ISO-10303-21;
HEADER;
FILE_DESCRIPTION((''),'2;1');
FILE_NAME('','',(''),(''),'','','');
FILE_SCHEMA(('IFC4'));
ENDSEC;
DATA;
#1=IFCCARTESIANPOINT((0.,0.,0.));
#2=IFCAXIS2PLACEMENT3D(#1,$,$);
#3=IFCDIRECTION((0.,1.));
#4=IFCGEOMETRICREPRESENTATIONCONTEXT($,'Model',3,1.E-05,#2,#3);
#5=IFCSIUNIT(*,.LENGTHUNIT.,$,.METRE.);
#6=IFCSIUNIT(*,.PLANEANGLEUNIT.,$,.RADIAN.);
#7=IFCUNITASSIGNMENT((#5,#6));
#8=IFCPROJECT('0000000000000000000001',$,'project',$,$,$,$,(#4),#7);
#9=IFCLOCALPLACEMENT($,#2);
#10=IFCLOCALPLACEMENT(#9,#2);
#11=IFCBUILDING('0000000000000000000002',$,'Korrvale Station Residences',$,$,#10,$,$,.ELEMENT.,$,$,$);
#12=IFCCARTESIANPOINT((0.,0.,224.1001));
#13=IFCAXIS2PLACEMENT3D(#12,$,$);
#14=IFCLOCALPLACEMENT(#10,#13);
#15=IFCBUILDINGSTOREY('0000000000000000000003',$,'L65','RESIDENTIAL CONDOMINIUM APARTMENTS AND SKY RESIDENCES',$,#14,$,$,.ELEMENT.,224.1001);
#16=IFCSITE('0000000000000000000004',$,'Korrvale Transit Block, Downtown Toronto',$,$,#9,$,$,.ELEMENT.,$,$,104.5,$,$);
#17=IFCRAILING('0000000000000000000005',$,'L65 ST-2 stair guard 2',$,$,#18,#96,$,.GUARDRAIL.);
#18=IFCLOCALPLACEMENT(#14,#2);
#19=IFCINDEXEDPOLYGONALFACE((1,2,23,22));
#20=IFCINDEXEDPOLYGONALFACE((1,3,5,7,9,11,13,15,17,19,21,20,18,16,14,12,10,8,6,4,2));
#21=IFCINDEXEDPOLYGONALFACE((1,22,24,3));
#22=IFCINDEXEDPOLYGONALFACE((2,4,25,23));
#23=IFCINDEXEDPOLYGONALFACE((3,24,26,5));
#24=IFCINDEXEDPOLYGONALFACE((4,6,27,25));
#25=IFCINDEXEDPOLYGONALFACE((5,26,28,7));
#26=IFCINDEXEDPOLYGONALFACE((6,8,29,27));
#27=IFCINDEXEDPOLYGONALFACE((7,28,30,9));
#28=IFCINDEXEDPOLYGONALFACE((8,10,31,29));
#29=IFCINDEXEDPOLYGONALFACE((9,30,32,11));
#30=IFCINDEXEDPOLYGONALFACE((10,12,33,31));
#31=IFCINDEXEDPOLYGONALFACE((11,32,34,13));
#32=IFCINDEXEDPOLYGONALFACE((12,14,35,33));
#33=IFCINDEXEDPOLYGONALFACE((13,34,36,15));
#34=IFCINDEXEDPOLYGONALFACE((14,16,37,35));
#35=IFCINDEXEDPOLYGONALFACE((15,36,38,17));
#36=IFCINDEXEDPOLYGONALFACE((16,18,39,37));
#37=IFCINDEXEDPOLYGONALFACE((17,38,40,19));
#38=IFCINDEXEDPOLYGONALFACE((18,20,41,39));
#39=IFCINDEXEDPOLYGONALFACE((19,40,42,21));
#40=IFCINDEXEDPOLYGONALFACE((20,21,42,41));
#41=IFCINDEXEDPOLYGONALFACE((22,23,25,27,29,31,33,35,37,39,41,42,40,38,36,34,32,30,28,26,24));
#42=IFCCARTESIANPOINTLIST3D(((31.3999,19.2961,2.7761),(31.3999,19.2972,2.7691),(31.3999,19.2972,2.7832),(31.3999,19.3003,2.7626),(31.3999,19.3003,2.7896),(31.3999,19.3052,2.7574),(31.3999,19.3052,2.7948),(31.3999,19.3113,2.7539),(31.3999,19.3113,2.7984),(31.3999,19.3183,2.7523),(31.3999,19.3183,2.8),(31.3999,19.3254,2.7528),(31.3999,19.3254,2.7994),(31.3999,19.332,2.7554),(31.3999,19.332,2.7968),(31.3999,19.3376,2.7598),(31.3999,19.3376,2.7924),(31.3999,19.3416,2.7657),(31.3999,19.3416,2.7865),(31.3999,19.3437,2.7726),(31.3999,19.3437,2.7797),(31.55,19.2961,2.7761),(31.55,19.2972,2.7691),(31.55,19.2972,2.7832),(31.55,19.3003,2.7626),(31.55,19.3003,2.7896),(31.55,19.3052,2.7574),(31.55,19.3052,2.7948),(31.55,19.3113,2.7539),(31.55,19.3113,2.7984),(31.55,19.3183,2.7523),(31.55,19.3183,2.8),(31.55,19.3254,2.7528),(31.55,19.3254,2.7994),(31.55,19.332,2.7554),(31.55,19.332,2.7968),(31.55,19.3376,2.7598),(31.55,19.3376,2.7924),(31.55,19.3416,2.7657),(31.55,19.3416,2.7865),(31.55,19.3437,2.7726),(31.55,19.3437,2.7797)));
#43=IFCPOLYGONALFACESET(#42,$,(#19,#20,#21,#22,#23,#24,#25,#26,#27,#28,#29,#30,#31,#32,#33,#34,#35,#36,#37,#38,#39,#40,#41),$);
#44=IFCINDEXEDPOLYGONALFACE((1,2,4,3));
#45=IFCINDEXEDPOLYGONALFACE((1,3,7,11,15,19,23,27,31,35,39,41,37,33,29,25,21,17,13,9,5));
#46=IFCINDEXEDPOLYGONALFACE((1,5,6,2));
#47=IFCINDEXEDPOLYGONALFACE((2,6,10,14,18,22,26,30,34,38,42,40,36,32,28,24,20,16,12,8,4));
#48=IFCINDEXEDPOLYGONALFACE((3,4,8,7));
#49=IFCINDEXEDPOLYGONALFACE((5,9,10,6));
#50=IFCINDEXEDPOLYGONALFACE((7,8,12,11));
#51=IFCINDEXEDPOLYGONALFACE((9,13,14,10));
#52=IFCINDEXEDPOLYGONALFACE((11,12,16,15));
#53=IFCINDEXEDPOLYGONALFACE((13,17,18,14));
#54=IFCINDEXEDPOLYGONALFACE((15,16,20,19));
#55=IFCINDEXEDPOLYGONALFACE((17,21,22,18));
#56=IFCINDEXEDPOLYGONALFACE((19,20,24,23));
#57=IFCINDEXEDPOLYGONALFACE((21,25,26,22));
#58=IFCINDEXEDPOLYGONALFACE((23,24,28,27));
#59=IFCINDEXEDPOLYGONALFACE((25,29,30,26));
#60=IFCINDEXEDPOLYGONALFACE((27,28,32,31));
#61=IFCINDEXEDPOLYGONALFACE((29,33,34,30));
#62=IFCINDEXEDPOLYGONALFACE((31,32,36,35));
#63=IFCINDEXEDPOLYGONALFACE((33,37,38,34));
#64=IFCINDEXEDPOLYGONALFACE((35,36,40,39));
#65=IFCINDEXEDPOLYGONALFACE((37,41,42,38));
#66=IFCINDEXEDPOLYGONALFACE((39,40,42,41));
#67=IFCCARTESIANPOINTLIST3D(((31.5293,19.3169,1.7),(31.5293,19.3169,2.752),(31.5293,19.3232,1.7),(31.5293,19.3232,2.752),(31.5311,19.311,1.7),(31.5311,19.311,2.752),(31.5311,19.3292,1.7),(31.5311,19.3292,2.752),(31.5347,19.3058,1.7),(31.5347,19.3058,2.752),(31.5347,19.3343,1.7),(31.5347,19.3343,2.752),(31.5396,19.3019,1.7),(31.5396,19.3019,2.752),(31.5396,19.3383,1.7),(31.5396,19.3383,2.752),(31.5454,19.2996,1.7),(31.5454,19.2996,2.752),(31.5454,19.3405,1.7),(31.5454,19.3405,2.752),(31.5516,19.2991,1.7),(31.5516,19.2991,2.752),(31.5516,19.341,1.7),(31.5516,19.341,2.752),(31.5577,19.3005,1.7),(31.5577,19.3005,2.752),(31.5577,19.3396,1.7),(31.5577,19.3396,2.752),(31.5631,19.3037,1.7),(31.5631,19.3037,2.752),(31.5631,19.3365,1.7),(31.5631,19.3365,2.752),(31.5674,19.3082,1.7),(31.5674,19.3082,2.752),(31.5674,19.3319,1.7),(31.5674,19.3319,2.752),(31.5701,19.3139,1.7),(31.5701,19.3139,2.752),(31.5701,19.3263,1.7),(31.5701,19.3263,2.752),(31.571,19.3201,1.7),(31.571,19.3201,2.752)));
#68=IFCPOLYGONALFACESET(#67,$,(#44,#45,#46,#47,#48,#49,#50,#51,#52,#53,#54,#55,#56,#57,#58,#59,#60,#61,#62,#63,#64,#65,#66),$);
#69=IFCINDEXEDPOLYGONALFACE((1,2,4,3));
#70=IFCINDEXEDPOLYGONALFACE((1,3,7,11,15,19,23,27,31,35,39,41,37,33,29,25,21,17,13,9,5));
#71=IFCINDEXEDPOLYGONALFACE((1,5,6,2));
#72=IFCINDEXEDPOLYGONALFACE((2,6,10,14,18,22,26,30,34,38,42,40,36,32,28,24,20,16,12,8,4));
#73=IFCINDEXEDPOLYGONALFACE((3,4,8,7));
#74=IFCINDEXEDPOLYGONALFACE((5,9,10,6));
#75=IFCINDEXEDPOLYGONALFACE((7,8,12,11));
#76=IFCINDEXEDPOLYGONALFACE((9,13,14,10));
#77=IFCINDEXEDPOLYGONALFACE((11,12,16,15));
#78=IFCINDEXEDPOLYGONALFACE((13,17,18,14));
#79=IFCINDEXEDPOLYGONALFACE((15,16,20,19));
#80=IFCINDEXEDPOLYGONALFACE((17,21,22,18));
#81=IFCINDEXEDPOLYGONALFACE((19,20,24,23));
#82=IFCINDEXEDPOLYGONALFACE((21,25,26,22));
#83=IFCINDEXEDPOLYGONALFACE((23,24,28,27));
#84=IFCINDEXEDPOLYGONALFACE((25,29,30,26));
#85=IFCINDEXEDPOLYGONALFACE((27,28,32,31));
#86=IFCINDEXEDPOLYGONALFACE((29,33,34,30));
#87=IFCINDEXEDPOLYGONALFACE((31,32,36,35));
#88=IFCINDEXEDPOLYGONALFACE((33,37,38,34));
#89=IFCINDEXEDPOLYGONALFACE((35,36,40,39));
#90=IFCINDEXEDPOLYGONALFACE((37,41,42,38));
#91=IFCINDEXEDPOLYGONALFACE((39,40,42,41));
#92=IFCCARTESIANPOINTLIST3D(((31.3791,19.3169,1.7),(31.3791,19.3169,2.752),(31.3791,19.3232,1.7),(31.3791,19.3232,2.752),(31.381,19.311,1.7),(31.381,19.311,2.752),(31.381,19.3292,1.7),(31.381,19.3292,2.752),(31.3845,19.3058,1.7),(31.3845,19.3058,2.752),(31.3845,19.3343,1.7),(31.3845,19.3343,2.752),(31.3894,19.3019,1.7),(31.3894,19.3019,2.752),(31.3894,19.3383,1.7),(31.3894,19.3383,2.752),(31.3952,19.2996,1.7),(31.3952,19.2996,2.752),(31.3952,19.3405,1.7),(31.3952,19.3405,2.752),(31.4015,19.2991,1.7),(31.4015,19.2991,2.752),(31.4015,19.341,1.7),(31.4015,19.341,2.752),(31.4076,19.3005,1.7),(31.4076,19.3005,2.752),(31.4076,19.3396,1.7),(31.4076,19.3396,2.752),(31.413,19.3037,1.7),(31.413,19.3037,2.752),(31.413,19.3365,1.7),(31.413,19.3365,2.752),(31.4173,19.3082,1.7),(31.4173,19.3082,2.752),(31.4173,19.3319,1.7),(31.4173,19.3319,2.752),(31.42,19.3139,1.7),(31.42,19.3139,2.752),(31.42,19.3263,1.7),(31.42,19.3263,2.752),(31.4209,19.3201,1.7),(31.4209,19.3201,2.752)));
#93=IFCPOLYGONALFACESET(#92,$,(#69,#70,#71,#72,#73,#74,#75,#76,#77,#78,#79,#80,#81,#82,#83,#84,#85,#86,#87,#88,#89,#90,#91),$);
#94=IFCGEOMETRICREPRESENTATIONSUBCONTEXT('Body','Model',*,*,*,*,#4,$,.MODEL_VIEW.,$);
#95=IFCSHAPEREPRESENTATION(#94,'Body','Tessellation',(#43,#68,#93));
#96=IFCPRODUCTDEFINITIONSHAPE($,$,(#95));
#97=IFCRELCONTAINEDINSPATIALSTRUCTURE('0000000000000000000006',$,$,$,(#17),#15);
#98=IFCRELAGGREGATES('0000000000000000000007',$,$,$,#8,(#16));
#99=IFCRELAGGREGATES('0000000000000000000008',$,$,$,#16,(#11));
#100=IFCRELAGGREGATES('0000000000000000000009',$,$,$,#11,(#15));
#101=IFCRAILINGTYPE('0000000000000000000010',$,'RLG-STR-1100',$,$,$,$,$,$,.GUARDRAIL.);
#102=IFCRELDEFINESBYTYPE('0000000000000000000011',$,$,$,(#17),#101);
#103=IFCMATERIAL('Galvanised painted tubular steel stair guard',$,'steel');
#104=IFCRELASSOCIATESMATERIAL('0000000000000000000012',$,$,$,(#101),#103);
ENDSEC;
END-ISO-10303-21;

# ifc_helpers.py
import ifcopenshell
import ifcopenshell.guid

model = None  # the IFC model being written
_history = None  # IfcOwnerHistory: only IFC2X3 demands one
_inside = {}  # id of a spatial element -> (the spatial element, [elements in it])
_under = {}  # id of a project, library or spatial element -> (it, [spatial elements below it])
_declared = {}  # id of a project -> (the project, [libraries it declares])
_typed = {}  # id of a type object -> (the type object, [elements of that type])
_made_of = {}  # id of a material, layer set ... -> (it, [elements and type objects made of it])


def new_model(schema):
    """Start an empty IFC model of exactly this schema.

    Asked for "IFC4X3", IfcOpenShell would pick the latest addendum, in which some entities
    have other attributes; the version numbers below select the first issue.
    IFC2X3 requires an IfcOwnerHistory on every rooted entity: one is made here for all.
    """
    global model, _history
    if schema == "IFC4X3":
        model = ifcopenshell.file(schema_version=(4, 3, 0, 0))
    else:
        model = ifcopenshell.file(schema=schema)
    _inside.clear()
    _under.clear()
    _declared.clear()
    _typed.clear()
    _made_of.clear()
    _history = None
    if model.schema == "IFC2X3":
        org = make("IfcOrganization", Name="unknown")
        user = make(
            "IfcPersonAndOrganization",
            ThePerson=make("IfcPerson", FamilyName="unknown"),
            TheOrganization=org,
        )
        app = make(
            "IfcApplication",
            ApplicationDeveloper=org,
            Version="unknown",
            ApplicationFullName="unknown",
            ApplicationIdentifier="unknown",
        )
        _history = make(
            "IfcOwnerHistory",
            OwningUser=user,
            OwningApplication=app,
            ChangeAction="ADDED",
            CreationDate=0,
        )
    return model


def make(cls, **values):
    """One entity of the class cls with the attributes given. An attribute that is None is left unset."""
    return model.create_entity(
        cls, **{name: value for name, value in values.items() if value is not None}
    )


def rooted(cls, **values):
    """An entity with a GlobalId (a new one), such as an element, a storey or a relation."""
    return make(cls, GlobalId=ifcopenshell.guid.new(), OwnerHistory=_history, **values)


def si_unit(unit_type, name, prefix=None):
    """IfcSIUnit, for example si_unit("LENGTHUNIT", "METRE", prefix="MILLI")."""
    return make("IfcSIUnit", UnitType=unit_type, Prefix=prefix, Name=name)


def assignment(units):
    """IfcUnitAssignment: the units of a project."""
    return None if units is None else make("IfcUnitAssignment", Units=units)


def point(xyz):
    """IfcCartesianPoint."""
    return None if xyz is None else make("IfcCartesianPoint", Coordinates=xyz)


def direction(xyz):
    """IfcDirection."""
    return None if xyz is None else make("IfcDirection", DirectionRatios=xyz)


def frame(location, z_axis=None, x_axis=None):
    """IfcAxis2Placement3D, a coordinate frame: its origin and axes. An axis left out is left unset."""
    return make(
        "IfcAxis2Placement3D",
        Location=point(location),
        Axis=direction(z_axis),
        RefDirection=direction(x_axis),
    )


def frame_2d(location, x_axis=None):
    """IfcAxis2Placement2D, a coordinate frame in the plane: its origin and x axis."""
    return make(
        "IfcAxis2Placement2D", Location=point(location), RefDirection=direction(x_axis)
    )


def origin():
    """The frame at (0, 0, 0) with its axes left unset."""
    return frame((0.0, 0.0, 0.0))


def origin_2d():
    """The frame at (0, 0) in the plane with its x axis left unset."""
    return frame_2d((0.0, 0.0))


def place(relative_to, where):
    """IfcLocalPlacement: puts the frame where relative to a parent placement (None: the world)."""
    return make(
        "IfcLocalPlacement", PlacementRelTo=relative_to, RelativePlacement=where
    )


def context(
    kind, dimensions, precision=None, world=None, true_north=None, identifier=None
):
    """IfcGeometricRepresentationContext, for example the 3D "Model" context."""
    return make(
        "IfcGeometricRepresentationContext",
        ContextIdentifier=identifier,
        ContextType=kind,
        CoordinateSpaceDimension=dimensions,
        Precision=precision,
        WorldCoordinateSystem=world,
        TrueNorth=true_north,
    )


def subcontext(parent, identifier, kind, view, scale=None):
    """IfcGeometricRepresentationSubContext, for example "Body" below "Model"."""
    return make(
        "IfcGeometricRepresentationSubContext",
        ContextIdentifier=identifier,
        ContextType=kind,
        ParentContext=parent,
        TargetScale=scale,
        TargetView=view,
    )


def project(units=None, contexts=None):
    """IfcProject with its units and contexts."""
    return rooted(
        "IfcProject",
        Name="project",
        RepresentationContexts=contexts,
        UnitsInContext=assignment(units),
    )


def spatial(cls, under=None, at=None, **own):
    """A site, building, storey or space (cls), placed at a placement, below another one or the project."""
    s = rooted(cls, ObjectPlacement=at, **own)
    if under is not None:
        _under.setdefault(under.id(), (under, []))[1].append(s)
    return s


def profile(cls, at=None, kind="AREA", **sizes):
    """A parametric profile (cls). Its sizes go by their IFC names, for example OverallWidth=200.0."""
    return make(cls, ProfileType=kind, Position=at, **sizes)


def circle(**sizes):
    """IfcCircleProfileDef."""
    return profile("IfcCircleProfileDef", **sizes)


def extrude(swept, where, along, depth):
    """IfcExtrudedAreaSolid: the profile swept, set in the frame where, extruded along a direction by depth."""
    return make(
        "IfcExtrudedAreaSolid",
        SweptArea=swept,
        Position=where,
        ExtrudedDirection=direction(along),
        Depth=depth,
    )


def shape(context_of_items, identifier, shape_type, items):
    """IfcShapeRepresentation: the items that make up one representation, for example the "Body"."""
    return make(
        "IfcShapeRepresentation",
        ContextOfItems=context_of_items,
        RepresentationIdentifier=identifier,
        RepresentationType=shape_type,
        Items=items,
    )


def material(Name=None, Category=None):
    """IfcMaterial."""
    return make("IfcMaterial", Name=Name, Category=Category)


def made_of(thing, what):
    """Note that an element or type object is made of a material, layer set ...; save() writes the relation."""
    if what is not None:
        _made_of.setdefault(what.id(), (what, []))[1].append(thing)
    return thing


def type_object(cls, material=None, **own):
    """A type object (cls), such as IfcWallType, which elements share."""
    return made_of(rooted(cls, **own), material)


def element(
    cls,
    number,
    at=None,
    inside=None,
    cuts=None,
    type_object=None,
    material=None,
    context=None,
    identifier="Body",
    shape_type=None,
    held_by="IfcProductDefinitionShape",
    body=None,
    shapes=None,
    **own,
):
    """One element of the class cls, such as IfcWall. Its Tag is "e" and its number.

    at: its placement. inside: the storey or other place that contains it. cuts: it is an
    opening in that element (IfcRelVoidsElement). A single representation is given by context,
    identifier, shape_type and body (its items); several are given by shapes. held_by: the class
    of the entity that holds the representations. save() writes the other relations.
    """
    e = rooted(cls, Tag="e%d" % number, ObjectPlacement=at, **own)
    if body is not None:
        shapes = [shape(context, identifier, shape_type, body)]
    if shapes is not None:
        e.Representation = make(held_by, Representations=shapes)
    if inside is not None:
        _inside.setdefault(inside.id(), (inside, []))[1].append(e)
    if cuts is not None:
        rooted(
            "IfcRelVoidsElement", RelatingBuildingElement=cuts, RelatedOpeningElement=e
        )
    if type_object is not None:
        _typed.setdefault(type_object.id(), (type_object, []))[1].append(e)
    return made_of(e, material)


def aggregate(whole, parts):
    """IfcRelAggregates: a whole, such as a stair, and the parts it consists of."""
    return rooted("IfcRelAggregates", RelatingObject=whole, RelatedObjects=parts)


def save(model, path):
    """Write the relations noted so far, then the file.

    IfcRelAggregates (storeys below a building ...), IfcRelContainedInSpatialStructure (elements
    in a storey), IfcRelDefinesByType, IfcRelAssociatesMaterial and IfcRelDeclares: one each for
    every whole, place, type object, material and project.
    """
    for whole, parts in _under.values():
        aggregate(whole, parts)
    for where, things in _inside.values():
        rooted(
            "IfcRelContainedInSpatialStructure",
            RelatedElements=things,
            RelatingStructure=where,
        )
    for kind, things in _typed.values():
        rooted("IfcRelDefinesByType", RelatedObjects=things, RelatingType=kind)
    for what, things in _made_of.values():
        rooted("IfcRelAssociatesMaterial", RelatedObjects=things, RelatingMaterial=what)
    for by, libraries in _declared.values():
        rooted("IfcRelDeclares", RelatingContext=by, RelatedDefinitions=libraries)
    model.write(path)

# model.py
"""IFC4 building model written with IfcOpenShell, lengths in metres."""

from ifc_helpers import new_model, si_unit, direction, frame, origin, origin_2d, place, context, subcontext, project, spatial, circle, extrude, material, type_object, element, save


model = new_model("IFC4")

# Units and contexts
model_context = context("Model", 3, precision=1e-05, world=origin(), true_north=direction((0.0, 1.0)))
body_context = subcontext(model_context, "Body", "Model", "MODEL_VIEW")
ifc_project = project(units=[si_unit("LENGTHUNIT", "METRE"), si_unit("PLANEANGLEUNIT", "RADIAN")], contexts=[model_context])

# Site, building, storey
site_placement = place(None, origin())
site = spatial("IfcSite", under=ifc_project, at=site_placement, Name="Korrvale Transit Block, Downtown Toronto", CompositionType="ELEMENT", RefElevation=104.5)
building_placement = place(site_placement, origin())
building = spatial("IfcBuilding", under=site, at=building_placement, Name="Korrvale Station Residences", CompositionType="ELEMENT")
storey_placement = place(building_placement, frame((0.0, 0.0, 224.1001)))
storey = spatial("IfcBuildingStorey", under=building, at=storey_placement, Name="L65", Description="RESIDENTIAL CONDOMINIUM APARTMENTS AND SKY RESIDENCES", CompositionType="ELEMENT", Elevation=224.1001)

# Railing
ifc_material_1 = material(Name="Galvanised painted tubular steel stair guard", Category="steel")
railing_type_1 = type_object("IfcRailingType", Name="RLG-STR-1100", PredefinedType="GUARDRAIL", material=ifc_material_1)
railing_1_placement = place(storey_placement, frame((31.55, 19.3201, 1.7)))
element("IfcRailing", 1, at=railing_1_placement, inside=storey, type_object=railing_type_1, Name="L65 ST-2 stair guard 2", PredefinedType="GUARDRAIL", context=body_context, shape_type="SweptSolid", body=[
    extrude(circle(Radius=0.0239, at=origin_2d()), frame((0.0, 0.0, 1.0762), z_axis=(-1.0, 0.0, 0.0), x_axis=(0.0, -1.0, 0.0)), (0.0, 0.0, 1.0), 0.1501),
    extrude(circle(Radius=0.021, at=origin_2d()), origin(), (0.0, 0.0, 1.0), 1.052),
    extrude(circle(Radius=0.021, at=origin_2d()), frame((-0.1501, 0.0, 0.0)), (0.0, 0.0, 1.0), 1.052),
])

save(model, "model.ifc")
